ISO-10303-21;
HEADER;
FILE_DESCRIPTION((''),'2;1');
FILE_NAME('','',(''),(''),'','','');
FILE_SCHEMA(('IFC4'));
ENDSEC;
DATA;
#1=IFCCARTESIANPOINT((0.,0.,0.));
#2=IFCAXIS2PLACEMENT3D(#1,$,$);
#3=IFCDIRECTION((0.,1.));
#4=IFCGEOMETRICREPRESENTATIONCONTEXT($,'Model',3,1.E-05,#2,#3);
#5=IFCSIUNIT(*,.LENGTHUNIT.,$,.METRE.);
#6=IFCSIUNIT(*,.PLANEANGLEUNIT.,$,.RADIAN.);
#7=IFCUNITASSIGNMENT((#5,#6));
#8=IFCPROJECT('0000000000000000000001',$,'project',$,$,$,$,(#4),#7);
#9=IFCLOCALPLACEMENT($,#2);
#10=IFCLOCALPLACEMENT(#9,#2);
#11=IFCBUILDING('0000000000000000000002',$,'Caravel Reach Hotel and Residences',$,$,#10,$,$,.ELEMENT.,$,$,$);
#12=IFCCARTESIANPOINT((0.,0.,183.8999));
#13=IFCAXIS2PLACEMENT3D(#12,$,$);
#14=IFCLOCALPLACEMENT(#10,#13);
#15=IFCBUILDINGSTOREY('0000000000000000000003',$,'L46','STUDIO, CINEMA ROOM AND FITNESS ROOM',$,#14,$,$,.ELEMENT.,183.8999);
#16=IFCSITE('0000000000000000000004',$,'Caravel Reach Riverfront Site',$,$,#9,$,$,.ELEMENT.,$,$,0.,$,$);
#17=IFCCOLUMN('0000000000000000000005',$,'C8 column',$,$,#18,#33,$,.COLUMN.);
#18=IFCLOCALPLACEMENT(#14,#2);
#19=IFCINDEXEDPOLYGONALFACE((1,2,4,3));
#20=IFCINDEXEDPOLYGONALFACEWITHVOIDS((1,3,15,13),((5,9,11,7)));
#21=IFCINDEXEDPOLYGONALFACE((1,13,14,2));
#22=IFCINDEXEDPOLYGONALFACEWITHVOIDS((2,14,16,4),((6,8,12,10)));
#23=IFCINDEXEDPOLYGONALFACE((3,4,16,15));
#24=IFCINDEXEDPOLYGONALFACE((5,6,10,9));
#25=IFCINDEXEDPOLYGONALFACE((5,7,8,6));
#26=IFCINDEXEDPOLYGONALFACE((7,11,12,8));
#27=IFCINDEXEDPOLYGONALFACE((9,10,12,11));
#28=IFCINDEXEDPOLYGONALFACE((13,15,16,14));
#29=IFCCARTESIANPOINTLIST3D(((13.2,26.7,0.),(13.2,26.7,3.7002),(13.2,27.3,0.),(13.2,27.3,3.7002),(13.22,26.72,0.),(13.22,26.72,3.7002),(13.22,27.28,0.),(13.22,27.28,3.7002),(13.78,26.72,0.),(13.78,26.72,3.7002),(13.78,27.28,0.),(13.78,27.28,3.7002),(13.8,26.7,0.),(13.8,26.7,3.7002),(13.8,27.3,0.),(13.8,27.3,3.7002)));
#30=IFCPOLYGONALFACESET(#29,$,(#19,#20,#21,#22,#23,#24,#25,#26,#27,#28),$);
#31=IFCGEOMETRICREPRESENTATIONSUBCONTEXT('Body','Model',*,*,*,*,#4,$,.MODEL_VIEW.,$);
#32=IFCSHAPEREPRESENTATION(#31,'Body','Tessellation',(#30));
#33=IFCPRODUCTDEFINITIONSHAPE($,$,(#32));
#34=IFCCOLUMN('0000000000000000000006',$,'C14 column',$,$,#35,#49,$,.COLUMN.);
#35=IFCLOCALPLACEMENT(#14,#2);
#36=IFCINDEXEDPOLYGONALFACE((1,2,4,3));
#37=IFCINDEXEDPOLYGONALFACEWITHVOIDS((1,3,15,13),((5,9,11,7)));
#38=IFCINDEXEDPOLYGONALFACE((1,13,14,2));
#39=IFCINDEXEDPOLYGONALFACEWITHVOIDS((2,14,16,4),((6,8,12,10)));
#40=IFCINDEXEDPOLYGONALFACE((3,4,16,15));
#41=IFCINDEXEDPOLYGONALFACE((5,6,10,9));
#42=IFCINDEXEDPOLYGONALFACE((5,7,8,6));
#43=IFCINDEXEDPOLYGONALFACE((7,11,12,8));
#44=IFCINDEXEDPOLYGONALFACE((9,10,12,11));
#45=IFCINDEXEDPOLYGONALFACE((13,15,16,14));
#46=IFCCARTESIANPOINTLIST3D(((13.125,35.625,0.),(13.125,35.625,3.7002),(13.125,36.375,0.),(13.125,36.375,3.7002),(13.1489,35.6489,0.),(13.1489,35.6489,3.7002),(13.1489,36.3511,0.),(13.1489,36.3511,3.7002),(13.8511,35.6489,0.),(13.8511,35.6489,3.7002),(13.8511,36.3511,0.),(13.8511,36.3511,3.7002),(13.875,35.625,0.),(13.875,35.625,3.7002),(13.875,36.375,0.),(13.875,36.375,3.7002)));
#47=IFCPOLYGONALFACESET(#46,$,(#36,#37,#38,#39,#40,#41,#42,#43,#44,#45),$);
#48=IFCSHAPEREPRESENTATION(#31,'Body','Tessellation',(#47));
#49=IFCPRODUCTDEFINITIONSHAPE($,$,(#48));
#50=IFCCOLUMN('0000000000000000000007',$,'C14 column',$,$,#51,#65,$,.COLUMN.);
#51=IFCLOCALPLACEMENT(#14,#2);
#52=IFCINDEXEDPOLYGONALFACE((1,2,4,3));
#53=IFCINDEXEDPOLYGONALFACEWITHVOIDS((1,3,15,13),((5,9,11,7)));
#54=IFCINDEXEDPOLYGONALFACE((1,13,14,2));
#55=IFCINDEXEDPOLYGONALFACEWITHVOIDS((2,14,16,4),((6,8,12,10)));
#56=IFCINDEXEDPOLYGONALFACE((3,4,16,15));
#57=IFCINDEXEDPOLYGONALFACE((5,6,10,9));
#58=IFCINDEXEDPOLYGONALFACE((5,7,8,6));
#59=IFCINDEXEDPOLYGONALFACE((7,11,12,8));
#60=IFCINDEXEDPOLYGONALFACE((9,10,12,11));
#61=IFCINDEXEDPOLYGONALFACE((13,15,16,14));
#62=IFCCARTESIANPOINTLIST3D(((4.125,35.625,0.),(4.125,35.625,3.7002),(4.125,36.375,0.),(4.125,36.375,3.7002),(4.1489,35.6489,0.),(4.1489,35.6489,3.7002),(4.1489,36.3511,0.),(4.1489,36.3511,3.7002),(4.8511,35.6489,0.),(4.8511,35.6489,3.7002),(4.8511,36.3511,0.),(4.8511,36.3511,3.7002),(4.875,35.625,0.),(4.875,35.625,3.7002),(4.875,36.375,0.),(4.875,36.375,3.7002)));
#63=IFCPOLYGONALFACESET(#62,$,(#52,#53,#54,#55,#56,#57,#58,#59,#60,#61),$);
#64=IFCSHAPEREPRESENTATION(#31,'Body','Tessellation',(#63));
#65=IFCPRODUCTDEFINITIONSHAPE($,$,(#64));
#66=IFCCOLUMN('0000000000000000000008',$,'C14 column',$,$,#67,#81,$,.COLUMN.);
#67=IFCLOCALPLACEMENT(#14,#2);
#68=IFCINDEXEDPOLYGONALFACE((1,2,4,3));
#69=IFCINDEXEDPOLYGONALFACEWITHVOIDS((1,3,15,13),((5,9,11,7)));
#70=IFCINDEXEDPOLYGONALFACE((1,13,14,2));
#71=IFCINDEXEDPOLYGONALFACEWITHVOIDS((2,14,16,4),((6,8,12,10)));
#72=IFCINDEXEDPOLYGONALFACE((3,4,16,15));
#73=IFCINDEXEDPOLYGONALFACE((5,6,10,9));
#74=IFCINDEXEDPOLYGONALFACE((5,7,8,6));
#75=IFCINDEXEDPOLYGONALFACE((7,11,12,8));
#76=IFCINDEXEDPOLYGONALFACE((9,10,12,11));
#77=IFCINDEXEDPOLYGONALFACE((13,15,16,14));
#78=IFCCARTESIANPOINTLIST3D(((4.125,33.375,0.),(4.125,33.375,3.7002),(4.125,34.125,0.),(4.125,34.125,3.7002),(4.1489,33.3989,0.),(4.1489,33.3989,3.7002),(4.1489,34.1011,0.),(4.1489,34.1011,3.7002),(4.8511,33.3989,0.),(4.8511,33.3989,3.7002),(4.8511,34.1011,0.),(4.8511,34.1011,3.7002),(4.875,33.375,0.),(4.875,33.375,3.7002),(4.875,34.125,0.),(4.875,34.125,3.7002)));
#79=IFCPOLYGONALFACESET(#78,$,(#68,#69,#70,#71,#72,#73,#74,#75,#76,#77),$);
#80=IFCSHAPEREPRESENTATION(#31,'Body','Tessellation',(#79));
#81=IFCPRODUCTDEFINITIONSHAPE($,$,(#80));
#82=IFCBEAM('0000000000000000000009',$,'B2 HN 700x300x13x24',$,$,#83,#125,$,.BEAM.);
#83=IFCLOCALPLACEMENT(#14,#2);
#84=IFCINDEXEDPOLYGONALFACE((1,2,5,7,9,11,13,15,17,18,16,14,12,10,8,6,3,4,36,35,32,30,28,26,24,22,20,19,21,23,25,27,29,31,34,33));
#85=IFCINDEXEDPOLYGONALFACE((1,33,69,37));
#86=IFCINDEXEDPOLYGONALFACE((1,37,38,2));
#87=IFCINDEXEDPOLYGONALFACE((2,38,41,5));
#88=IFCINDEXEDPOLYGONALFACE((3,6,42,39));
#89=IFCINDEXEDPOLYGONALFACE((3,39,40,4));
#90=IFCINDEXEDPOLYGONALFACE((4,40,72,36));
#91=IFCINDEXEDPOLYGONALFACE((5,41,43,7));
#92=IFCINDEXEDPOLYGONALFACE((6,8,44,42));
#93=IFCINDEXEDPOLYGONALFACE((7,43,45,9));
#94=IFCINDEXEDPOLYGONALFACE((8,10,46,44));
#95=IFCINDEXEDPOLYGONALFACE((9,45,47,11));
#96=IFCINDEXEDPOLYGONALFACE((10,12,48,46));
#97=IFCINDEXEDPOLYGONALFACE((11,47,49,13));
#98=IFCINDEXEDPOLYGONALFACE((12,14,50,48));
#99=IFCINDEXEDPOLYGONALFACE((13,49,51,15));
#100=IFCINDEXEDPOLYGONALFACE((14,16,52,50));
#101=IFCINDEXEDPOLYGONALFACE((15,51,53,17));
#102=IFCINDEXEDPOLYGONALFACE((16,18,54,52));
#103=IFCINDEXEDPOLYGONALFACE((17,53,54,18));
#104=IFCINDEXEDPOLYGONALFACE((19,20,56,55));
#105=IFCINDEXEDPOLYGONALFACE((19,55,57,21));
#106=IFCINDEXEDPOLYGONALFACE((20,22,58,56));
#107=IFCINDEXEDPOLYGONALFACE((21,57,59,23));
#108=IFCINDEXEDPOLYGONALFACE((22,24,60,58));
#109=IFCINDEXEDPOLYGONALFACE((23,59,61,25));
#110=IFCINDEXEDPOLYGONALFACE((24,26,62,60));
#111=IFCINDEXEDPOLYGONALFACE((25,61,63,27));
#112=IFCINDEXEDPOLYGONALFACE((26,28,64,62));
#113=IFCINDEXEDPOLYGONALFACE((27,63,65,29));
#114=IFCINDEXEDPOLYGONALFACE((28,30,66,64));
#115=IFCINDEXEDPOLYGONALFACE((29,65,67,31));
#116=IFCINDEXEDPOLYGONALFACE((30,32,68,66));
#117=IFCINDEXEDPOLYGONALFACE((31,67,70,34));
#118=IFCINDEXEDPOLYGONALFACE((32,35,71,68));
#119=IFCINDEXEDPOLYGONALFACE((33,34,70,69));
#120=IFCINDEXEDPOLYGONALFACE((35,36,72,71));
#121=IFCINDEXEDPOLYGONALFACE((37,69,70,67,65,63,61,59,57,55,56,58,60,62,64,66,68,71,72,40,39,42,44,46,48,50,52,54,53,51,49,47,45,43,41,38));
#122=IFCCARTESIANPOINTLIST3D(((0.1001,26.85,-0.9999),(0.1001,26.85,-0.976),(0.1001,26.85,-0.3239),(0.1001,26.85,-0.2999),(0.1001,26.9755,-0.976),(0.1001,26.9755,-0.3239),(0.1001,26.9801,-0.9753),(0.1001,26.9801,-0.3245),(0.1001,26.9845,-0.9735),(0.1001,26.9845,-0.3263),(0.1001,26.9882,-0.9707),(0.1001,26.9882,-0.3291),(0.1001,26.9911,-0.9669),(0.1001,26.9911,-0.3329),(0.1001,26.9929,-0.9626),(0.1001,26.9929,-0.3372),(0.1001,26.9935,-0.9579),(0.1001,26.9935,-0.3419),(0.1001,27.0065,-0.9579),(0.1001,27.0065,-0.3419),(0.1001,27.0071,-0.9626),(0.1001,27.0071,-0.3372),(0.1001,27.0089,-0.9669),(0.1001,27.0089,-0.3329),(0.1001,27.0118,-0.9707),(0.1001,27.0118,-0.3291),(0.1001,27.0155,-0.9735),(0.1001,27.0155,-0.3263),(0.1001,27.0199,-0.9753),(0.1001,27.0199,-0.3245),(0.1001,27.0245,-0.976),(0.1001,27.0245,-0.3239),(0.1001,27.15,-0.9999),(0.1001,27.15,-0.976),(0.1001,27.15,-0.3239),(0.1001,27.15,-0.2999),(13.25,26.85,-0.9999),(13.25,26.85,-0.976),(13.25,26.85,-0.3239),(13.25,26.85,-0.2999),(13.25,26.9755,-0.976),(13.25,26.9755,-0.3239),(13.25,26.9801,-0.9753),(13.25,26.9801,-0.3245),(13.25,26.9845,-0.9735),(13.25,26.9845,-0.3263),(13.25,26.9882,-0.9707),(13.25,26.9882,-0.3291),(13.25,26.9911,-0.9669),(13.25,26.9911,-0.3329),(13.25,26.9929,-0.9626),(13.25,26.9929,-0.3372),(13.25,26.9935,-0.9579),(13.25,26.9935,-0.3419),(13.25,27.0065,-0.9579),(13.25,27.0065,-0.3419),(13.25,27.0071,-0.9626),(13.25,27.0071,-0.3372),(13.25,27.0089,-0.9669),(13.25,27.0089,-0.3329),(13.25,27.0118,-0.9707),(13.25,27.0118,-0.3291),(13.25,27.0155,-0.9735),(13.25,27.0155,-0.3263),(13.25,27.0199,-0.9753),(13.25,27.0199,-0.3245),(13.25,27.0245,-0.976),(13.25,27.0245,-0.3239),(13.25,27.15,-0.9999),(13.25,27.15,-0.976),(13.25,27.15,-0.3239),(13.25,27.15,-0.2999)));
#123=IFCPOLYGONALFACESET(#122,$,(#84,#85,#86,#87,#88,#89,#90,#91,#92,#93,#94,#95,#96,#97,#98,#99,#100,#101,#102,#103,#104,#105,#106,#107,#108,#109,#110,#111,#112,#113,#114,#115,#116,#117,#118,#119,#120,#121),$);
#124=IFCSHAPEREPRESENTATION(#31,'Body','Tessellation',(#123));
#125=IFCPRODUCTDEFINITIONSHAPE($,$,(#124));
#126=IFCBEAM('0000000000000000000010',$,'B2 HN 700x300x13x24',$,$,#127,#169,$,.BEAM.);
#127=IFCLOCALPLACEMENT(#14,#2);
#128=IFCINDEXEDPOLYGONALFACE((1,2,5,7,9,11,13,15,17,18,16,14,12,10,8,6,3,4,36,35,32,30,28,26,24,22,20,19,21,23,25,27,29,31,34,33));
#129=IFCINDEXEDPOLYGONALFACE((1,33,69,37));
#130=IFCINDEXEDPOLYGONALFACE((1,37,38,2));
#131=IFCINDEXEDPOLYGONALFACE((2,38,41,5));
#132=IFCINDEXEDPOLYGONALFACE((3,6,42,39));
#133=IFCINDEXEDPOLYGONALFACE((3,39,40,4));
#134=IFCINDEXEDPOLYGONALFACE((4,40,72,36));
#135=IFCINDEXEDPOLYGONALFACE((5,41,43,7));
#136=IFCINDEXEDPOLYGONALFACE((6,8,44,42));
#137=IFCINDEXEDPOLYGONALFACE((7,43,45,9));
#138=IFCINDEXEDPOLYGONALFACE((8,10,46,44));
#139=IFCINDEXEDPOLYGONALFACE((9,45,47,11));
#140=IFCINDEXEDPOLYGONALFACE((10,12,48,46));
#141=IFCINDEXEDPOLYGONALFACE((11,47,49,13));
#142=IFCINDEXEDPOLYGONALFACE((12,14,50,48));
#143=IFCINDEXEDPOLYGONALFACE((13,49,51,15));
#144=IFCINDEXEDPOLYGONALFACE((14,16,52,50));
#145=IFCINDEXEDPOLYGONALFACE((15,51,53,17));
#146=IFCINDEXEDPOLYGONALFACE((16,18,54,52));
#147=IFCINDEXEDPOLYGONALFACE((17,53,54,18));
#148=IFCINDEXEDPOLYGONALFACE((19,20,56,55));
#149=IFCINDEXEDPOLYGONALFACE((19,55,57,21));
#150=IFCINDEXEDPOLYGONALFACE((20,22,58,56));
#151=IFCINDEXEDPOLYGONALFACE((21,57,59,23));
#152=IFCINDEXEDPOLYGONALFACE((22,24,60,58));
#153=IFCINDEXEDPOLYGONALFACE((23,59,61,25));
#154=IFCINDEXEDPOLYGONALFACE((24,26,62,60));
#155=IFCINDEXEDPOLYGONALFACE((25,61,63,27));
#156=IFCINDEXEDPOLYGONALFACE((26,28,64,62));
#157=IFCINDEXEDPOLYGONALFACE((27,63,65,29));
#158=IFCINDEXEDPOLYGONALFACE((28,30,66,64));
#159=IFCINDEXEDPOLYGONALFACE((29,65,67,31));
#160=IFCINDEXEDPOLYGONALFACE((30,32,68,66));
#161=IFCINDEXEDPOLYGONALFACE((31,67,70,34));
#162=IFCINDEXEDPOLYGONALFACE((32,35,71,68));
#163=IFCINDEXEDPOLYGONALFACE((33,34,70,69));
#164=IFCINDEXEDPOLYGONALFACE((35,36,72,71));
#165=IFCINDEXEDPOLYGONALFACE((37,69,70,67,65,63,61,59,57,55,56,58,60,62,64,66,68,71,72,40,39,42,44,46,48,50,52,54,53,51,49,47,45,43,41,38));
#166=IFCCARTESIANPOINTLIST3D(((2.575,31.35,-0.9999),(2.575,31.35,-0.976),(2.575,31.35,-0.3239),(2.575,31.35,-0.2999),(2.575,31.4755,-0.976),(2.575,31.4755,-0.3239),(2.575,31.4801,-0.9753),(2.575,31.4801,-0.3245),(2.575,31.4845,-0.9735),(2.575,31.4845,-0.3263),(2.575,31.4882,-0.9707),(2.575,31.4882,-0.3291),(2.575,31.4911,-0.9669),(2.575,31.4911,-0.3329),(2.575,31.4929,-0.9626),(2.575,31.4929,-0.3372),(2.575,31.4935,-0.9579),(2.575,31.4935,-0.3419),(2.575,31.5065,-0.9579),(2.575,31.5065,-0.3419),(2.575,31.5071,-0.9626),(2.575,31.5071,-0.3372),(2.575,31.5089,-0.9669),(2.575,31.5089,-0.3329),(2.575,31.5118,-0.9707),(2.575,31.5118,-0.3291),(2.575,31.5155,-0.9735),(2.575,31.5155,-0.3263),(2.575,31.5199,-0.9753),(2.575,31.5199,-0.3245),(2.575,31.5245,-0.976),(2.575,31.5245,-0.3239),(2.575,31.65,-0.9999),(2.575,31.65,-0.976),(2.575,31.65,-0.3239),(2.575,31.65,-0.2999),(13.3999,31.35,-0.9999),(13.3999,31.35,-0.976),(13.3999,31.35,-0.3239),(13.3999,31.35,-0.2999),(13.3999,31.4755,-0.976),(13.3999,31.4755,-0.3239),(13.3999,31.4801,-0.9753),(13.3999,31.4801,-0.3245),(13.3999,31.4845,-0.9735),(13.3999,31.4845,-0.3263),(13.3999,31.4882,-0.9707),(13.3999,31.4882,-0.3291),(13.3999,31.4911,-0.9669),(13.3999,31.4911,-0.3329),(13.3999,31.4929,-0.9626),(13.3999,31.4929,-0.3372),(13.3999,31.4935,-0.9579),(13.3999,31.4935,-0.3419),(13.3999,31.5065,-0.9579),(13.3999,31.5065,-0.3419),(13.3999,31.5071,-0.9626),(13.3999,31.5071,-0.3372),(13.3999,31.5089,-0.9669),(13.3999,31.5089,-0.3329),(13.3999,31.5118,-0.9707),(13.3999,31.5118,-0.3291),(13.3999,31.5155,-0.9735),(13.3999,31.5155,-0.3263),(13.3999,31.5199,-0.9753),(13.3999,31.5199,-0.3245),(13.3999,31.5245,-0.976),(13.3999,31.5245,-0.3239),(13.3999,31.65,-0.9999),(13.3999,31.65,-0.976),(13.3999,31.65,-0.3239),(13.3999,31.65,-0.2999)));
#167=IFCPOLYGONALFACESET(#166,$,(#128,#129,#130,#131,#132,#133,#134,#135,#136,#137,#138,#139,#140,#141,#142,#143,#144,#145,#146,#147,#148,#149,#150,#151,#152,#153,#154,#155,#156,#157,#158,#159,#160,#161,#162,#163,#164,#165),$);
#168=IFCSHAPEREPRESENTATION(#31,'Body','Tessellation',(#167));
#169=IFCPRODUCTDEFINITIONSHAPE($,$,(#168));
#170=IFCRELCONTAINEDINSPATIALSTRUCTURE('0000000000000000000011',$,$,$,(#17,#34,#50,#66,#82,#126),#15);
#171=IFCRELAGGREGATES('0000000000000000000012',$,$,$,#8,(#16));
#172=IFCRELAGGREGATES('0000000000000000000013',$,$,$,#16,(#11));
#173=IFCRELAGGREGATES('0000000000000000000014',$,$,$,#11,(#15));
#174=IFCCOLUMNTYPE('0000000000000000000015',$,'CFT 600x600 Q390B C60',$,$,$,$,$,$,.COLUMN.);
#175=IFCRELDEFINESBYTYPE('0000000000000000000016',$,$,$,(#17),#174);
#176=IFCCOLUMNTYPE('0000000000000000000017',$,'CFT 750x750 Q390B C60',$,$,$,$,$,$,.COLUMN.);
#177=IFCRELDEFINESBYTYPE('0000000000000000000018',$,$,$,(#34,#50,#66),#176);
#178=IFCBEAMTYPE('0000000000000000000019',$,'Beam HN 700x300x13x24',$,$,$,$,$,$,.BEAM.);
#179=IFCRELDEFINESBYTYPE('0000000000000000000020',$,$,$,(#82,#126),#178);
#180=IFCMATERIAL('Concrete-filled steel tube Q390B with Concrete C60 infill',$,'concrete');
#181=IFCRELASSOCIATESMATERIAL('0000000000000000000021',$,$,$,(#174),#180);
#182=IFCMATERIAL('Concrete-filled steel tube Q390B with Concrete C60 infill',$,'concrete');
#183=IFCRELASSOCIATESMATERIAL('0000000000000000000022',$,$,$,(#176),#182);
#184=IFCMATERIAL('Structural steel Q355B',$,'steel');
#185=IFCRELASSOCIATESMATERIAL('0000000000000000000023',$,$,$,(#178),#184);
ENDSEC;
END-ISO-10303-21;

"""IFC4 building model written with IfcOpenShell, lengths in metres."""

from ifc_helpers import new_model, si_unit, direction, frame, origin, origin_2d, place, context, subcontext, project, spatial, hollow_rectangle, i_section, extrude, material, material_profile, profile_set, type_object, element, save


model = new_model("IFC4")

# Units and contexts
model_context = context("Model", 3, precision=1e-05, world=origin(), true_north=direction((0.0, 1.0)))
body_context = subcontext(model_context, "Body", "Model", "MODEL_VIEW")
ifc_project = project(units=[si_unit("LENGTHUNIT", "METRE"), si_unit("PLANEANGLEUNIT", "RADIAN")], contexts=[model_context])

# Site, building, storey
site_placement = place(None, origin())
site = spatial("IfcSite", under=ifc_project, at=site_placement, Name="Caravel Reach Riverfront Site", CompositionType="ELEMENT", RefElevation=0.0)
building_placement = place(site_placement, origin())
building = spatial("IfcBuilding", under=site, at=building_placement, Name="Caravel Reach Hotel and Residences", CompositionType="ELEMENT")
storey_placement = place(building_placement, frame((0.0, 0.0, 183.8999)))
storey = spatial("IfcBuildingStorey", under=building, at=storey_placement, Name="L46", Description="STUDIO, CINEMA ROOM AND FITNESS ROOM", CompositionType="ELEMENT", Elevation=183.8999)

# Columns
ifc_material_1 = material(Name="Concrete-filled steel tube Q390B with Concrete C60 infill", Category="concrete")
ifc_material_profile_1 = material_profile(ifc_material_1, hollow_rectangle(XDim=0.6001, YDim=0.6001, WallThickness=0.02, at=origin_2d()), Name="RHS 600x600x20")
ifc_profile_set_1 = profile_set([ifc_material_profile_1], Name="Concrete-filled steel tube Q390B with Concrete C60 infill")
column_type_1 = type_object("IfcColumnType", Name="CFT 600x600 Q390B C60", PredefinedType="COLUMN", material=ifc_profile_set_1)
column_placement = place(storey_placement, frame((13.5, 27.0, 0.0), z_axis=(0.0, 0.0, 1.0), x_axis=(1.0, 0.0, 0.0)))
element("IfcColumn", 1, at=column_placement, inside=storey, type_object=column_type_1, Name="C8 column", PredefinedType="COLUMN", context=body_context, shape_type="SweptSolid", body=[
    extrude(hollow_rectangle(XDim=0.6001, YDim=0.6001, WallThickness=0.02, at=origin_2d()), origin(), (0.0, 0.0, 1.0), 3.7002),
])
ifc_material_2 = material(Name="Concrete-filled steel tube Q390B with Concrete C60 infill", Category="concrete")
ifc_material_profile_2 = material_profile(ifc_material_2, hollow_rectangle(XDim=0.75, YDim=0.75, WallThickness=0.0239, at=origin_2d()), Name="RHS 750x750x24")
ifc_profile_set_2 = profile_set([ifc_material_profile_2], Name="Concrete-filled steel tube Q390B with Concrete C60 infill")
column_type_2 = type_object("IfcColumnType", Name="CFT 750x750 Q390B C60", PredefinedType="COLUMN", material=ifc_profile_set_2)
for number, where, z_axis, x_axis, name in (
    (2, (13.5, 36.0, 0.0), (0.0, 0.0, 1.0), (1.0, 0.0, 0.0), "C14 column"),
    (3, (4.5, 36.0, 0.0), (0.0, 0.0, 1.0), (1.0, 0.0, 0.0), "C14 column"),
    (4, (4.5, 33.75, 0.0), (0.0, 0.0, 1.0), (1.0, 0.0, 0.0), "C14 column"),
):
    element("IfcColumn", number, at=place(storey_placement, frame(where, z_axis=z_axis, x_axis=x_axis)), inside=storey, type_object=column_type_2, Name=name, PredefinedType="COLUMN", context=body_context, shape_type="SweptSolid", body=[
        extrude(hollow_rectangle(XDim=0.75, YDim=0.75, WallThickness=0.0239, at=origin_2d()), origin(), (0.0, 0.0, 1.0), 3.7002),
    ])

# Beams
ifc_material_3 = material(Name="Structural steel Q355B", Category="steel")
ifc_material_profile_3 = material_profile(ifc_material_3, i_section(OverallWidth=0.3, OverallDepth=0.7, WebThickness=0.0129, FlangeThickness=0.0239, FilletRadius=0.0181, at=origin_2d()), Name="HN 700x300x13x24")
ifc_profile_set_3 = profile_set([ifc_material_profile_3], Name="Structural steel Q355B")
beam_type_1 = type_object("IfcBeamType", Name="Beam HN 700x300x13x24", PredefinedType="BEAM", material=ifc_profile_set_3)
beam_1_placement = place(storey_placement, frame((13.25, 27.0, -0.6499), z_axis=(-1.0, 0.0, 0.0), x_axis=(0.0, -1.0, 0.0)))
element("IfcBeam", 5, at=beam_1_placement, inside=storey, type_object=beam_type_1, Name="B2 HN 700x300x13x24", PredefinedType="BEAM", context=body_context, shape_type="SweptSolid", body=[
    extrude(i_section(OverallWidth=0.3, OverallDepth=0.7, WebThickness=0.0129, FlangeThickness=0.0239, FilletRadius=0.0181, at=origin_2d()), origin(), (0.0, 0.0, 1.0), 13.1499),
])
beam_2_placement = place(storey_placement, frame((13.3999, 31.5, -0.6499), z_axis=(-1.0, 0.0, 0.0), x_axis=(0.0, -1.0, 0.0)))
element("IfcBeam", 6, at=beam_2_placement, inside=storey, type_object=beam_type_1, Name="B2 HN 700x300x13x24", PredefinedType="BEAM", context=body_context, shape_type="SweptSolid", body=[
    extrude(i_section(OverallWidth=0.3, OverallDepth=0.7, WebThickness=0.0129, FlangeThickness=0.0239, FilletRadius=0.0181, at=origin_2d()), origin(), (0.0, 0.0, 1.0), 10.825),
])

save(model, "model.ifc")
